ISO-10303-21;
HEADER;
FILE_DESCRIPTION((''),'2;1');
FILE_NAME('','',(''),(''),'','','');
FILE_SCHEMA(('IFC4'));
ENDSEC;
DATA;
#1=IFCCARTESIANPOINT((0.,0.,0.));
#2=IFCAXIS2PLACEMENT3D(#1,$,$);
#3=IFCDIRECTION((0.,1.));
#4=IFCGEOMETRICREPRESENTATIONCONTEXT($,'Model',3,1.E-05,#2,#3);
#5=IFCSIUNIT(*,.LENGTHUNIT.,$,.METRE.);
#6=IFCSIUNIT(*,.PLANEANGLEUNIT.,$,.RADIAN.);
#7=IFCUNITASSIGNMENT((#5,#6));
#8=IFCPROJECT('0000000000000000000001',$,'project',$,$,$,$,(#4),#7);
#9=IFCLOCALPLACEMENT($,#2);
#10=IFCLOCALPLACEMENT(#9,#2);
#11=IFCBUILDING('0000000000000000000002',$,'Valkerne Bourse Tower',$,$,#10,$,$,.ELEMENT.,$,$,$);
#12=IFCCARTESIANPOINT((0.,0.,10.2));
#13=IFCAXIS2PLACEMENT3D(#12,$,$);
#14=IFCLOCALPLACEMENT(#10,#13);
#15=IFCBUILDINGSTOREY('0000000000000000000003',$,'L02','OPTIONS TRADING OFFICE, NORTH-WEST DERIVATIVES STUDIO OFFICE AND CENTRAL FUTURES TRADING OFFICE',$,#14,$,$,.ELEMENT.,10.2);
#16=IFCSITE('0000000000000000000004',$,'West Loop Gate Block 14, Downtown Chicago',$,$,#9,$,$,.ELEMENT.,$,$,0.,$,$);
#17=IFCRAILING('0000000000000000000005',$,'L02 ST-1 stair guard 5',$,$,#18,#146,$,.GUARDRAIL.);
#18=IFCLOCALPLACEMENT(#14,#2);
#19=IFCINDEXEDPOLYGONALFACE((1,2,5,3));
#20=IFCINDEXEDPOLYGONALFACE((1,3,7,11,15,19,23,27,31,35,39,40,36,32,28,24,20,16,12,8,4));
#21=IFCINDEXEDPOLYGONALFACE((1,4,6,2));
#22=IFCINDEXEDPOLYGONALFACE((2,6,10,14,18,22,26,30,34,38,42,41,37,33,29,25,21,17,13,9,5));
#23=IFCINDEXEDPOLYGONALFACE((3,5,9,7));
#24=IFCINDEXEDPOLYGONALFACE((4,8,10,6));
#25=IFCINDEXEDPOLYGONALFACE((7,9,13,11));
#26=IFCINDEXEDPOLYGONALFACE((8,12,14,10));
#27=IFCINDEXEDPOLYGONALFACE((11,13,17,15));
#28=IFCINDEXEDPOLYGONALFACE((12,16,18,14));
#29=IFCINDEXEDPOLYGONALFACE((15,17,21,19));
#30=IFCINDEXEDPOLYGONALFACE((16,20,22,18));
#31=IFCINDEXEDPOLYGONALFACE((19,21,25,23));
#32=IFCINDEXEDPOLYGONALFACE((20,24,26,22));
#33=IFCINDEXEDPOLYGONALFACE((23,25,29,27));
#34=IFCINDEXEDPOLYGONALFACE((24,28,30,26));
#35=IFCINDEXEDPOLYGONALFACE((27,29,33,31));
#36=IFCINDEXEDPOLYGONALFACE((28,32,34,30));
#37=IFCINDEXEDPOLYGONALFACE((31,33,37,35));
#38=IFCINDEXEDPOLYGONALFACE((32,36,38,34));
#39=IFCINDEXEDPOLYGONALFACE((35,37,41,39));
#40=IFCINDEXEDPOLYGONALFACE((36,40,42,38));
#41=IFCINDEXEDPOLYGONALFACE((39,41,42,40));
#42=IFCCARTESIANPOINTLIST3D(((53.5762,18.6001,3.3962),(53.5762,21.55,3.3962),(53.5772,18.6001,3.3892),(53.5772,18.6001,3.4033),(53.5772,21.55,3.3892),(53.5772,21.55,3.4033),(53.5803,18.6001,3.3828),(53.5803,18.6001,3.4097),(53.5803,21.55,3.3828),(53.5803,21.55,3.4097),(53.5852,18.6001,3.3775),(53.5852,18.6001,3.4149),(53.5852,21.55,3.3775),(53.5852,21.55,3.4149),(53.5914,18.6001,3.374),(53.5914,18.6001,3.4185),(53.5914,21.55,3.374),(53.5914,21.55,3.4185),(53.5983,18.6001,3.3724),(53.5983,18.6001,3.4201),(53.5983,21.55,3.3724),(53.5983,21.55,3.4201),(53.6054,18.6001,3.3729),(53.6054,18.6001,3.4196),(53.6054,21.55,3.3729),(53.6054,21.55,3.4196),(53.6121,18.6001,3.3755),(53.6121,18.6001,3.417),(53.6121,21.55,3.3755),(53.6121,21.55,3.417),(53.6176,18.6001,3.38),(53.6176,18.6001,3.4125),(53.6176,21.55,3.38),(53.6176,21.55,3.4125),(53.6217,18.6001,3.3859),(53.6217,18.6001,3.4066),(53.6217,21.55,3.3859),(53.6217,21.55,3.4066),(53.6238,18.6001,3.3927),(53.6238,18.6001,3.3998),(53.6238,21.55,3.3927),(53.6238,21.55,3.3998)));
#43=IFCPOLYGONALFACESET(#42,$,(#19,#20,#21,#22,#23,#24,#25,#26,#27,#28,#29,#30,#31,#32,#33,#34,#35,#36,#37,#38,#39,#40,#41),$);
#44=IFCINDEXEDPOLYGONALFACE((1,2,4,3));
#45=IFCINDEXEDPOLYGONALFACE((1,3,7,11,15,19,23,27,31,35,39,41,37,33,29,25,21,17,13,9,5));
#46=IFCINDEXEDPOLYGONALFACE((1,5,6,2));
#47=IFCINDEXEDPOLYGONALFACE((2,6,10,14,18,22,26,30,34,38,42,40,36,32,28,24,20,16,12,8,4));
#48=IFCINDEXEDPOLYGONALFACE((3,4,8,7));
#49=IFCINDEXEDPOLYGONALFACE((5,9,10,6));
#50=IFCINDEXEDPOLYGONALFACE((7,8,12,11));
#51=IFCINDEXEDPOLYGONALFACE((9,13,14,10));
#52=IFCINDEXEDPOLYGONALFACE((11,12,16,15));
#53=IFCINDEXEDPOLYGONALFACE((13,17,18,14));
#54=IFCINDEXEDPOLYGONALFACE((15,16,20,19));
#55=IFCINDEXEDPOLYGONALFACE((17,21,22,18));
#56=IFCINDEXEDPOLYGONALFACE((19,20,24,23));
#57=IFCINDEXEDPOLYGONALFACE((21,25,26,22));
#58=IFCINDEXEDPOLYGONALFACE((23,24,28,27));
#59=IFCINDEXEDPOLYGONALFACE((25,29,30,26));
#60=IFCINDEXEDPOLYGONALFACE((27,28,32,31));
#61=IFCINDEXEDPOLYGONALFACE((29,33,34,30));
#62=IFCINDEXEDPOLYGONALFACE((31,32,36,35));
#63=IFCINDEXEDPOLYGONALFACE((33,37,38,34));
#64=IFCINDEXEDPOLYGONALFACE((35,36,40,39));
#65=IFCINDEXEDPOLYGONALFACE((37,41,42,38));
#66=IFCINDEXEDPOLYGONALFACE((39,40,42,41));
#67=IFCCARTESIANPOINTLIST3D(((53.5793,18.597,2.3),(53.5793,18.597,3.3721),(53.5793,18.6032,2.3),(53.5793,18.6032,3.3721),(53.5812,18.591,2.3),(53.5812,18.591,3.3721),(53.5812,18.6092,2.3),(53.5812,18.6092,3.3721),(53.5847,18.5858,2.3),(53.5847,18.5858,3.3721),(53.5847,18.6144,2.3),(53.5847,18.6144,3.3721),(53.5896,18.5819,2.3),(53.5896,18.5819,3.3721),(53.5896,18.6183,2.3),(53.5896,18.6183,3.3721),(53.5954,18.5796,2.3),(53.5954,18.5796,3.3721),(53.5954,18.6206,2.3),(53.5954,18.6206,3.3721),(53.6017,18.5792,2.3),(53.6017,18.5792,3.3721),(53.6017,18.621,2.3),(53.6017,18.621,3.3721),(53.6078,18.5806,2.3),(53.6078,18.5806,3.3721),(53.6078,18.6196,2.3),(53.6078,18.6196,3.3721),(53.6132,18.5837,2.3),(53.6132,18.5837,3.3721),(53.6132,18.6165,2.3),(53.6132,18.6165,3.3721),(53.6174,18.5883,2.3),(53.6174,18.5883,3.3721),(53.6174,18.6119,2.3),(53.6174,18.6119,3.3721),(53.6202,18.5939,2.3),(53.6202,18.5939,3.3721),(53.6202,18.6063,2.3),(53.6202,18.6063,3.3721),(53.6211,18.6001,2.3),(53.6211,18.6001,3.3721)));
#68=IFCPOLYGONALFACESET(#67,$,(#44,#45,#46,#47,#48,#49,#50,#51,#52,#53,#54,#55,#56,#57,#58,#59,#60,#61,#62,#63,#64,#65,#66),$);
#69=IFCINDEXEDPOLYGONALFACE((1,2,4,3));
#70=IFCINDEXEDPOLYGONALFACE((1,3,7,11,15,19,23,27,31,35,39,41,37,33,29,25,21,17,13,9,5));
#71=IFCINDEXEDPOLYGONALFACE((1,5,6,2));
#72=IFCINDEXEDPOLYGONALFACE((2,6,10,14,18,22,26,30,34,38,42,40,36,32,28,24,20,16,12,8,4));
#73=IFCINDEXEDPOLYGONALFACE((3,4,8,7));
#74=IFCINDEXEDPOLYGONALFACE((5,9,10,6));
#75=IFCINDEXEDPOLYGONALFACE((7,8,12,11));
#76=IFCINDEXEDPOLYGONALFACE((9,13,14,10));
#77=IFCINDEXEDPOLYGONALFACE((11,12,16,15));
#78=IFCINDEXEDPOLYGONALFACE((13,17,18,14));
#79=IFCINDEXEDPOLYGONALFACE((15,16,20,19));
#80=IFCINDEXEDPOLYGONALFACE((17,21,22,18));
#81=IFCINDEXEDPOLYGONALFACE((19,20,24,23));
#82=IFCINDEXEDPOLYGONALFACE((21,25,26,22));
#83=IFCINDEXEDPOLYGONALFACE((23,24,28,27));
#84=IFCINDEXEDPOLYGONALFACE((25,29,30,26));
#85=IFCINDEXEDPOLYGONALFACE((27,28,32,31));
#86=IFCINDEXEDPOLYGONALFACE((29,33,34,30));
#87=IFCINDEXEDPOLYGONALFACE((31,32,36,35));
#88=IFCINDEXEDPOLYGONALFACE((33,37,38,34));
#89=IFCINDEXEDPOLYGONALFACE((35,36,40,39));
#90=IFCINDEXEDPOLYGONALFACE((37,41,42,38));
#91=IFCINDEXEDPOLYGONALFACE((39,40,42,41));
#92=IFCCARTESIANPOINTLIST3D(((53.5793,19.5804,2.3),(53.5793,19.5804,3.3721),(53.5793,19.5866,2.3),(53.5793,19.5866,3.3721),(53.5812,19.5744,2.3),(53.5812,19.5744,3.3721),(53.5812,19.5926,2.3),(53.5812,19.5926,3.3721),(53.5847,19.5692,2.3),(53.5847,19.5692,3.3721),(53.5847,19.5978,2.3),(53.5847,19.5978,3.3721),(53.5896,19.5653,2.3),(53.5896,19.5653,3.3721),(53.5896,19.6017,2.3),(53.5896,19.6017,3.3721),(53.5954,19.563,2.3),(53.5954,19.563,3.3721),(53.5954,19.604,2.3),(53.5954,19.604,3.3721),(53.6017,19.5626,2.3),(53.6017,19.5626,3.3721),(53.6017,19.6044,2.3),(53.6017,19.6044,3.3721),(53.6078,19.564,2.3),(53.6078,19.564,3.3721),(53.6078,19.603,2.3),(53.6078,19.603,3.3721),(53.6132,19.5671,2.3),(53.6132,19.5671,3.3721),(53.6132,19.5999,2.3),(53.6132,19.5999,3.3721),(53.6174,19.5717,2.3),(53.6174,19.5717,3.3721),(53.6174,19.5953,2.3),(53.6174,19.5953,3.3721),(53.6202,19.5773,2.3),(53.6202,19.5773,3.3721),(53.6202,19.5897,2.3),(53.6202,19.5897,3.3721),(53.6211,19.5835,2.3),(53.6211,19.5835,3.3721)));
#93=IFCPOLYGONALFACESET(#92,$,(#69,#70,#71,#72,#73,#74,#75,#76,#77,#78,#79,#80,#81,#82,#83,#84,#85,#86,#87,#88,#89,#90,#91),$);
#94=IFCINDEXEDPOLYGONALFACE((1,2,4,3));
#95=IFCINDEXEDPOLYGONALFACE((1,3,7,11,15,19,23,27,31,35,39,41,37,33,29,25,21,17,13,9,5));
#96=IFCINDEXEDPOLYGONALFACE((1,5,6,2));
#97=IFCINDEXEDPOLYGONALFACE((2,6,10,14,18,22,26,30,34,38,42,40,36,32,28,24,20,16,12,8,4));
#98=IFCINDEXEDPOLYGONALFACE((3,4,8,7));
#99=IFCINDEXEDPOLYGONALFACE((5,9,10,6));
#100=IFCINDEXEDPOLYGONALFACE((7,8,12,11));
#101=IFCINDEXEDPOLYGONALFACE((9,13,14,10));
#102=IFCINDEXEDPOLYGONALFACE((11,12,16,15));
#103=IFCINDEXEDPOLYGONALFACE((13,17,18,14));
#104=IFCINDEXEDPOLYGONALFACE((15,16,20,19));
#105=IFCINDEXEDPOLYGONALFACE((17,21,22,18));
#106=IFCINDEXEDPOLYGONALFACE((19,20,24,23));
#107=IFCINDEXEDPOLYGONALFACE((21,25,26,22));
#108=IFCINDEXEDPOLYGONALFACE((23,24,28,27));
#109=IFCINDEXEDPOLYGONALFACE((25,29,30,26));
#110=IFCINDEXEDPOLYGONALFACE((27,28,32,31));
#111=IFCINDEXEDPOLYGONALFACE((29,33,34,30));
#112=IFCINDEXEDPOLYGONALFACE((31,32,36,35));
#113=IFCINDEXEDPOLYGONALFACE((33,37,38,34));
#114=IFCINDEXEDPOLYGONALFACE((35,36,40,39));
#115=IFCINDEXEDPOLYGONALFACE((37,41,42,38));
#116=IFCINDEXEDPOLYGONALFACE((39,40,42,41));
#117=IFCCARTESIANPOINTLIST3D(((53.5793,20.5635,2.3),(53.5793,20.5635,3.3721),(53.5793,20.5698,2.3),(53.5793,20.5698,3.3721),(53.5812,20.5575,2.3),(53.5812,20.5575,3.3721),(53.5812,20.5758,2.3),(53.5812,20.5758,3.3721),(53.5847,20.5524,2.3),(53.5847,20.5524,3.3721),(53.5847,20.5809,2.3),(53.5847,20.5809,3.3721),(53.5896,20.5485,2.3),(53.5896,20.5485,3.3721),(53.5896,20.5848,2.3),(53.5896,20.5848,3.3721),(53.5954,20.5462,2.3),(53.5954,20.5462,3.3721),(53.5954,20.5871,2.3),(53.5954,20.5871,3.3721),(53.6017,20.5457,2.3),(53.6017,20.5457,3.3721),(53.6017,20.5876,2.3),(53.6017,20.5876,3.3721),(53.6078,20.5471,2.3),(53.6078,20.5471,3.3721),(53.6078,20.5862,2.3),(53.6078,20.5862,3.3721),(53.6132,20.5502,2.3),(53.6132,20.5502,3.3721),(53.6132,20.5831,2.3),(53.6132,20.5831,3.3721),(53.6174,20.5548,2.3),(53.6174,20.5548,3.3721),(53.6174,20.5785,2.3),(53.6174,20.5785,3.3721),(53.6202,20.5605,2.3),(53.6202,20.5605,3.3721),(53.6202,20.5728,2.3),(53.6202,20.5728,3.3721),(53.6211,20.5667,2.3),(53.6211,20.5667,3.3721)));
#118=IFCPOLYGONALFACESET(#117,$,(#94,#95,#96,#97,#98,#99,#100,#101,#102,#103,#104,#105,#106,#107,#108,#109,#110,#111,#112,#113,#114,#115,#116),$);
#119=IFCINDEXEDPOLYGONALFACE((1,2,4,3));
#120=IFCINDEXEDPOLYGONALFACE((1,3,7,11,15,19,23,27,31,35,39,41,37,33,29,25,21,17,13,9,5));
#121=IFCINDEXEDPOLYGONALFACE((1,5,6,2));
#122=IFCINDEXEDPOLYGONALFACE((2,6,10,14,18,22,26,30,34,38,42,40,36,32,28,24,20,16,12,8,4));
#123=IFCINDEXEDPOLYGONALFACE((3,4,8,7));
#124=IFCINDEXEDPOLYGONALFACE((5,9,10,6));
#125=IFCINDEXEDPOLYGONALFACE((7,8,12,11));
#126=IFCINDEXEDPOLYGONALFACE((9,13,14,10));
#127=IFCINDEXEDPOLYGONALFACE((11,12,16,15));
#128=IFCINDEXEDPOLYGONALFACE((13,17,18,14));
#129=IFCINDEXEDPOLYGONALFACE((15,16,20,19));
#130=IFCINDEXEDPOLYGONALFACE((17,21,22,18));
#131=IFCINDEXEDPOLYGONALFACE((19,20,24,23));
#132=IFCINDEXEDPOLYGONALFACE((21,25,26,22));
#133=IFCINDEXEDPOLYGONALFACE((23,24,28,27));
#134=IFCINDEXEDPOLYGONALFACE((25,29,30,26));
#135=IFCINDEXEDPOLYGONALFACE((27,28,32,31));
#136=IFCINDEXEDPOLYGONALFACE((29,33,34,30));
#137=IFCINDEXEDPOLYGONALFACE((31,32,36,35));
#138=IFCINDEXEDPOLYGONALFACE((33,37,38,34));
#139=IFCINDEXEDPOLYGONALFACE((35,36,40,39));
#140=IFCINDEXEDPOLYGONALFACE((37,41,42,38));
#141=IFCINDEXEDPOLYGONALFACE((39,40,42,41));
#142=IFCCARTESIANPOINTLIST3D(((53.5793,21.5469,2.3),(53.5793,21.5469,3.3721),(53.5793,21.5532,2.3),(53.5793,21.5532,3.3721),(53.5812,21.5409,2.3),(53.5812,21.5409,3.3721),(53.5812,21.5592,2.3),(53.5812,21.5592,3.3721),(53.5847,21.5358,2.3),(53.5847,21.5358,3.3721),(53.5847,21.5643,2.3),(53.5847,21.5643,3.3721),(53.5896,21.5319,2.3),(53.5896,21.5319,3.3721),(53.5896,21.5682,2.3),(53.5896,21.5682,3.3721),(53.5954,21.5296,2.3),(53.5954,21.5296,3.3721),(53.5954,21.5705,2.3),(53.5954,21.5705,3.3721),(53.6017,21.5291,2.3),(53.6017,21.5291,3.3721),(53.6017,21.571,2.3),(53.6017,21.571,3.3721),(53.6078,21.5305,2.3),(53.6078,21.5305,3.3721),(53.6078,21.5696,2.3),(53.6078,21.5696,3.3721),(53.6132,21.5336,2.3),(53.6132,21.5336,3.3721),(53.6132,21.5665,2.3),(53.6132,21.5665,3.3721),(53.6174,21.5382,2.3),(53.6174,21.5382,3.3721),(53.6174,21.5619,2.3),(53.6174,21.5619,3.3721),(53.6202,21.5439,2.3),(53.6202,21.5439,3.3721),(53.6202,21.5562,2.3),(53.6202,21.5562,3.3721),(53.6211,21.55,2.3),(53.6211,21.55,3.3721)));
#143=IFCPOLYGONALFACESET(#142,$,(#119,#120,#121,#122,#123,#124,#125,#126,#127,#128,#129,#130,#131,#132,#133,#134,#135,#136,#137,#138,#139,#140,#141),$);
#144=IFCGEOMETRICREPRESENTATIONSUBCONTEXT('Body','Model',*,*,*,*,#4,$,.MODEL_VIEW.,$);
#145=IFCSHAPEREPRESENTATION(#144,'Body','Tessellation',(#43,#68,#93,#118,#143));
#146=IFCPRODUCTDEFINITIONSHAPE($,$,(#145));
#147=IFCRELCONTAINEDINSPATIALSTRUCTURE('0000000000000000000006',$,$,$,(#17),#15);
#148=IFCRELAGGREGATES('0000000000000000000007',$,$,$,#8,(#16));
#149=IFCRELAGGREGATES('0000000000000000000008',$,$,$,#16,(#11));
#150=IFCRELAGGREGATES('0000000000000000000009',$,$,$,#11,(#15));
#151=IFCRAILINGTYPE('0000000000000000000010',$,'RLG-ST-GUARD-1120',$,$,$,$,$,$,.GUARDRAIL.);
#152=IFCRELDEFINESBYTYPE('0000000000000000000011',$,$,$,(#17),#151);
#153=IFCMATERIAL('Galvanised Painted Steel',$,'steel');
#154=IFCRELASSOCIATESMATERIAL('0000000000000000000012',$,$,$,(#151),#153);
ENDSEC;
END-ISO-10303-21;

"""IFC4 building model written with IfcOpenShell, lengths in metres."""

from ifc_helpers import new_model, si_unit, direction, frame, origin, origin_2d, place, context, subcontext, project, spatial, circle, extrude, material, type_object, element, save


model = new_model("IFC4")

# Units and contexts
model_context = context("Model", 3, precision=1e-05, world=origin(), true_north=direction((0.0, 1.0)))
body_context = subcontext(model_context, "Body", "Model", "MODEL_VIEW")
ifc_project = project(units=[si_unit("LENGTHUNIT", "METRE"), si_unit("PLANEANGLEUNIT", "RADIAN")], contexts=[model_context])

# Site, building, storey
site_placement = place(None, origin())
site = spatial("IfcSite", under=ifc_project, at=site_placement, Name="West Loop Gate Block 14, Downtown Chicago", CompositionType="ELEMENT", RefElevation=0.0)
building_placement = place(site_placement, origin())
building = spatial("IfcBuilding", under=site, at=building_placement, Name="Valkerne Bourse Tower", CompositionType="ELEMENT")
storey_placement = place(building_placement, frame((0.0, 0.0, 10.2)))
storey = spatial("IfcBuildingStorey", under=building, at=storey_placement, Name="L02", Description="OPTIONS TRADING OFFICE, NORTH-WEST DERIVATIVES STUDIO OFFICE AND CENTRAL FUTURES TRADING OFFICE", CompositionType="ELEMENT", Elevation=10.2)

# Shared definitions
ifc_material_1 = material(Name="Galvanised Painted Steel", Category="steel")

# Railing
railing_type_1 = type_object("IfcRailingType", Name="RLG-ST-GUARD-1120", PredefinedType="GUARDRAIL", material=ifc_material_1)
railing_1_placement = place(storey_placement, frame((53.6001, 18.6001, 2.3)))
element("IfcRailing", 1, at=railing_1_placement, inside=storey, type_object=railing_type_1, Name="L02 ST-1 stair guard 5", PredefinedType="GUARDRAIL", context=body_context, shape_type="SweptSolid", body=[
    extrude(circle(Radius=0.0239, at=origin_2d()), frame((0.0, 0.0, 1.0962), z_axis=(0.0, 1.0, 0.0), x_axis=(-1.0, 0.0, 0.0)), (0.0, 0.0, 1.0), 2.95),
    extrude(circle(Radius=0.021, at=origin_2d()), origin(), (0.0, 0.0, 1.0), 1.072),
    extrude(circle(Radius=0.021, at=origin_2d()), frame((0.0, 0.9834, 0.0)), (0.0, 0.0, 1.0), 1.072),
    extrude(circle(Radius=0.021, at=origin_2d()), frame((0.0, 1.9666, 0.0)), (0.0, 0.0, 1.0), 1.072),
    extrude(circle(Radius=0.021, at=origin_2d()), frame((0.0, 2.95, 0.0)), (0.0, 0.0, 1.0), 1.072),
])

save(model, "model.ifc")
